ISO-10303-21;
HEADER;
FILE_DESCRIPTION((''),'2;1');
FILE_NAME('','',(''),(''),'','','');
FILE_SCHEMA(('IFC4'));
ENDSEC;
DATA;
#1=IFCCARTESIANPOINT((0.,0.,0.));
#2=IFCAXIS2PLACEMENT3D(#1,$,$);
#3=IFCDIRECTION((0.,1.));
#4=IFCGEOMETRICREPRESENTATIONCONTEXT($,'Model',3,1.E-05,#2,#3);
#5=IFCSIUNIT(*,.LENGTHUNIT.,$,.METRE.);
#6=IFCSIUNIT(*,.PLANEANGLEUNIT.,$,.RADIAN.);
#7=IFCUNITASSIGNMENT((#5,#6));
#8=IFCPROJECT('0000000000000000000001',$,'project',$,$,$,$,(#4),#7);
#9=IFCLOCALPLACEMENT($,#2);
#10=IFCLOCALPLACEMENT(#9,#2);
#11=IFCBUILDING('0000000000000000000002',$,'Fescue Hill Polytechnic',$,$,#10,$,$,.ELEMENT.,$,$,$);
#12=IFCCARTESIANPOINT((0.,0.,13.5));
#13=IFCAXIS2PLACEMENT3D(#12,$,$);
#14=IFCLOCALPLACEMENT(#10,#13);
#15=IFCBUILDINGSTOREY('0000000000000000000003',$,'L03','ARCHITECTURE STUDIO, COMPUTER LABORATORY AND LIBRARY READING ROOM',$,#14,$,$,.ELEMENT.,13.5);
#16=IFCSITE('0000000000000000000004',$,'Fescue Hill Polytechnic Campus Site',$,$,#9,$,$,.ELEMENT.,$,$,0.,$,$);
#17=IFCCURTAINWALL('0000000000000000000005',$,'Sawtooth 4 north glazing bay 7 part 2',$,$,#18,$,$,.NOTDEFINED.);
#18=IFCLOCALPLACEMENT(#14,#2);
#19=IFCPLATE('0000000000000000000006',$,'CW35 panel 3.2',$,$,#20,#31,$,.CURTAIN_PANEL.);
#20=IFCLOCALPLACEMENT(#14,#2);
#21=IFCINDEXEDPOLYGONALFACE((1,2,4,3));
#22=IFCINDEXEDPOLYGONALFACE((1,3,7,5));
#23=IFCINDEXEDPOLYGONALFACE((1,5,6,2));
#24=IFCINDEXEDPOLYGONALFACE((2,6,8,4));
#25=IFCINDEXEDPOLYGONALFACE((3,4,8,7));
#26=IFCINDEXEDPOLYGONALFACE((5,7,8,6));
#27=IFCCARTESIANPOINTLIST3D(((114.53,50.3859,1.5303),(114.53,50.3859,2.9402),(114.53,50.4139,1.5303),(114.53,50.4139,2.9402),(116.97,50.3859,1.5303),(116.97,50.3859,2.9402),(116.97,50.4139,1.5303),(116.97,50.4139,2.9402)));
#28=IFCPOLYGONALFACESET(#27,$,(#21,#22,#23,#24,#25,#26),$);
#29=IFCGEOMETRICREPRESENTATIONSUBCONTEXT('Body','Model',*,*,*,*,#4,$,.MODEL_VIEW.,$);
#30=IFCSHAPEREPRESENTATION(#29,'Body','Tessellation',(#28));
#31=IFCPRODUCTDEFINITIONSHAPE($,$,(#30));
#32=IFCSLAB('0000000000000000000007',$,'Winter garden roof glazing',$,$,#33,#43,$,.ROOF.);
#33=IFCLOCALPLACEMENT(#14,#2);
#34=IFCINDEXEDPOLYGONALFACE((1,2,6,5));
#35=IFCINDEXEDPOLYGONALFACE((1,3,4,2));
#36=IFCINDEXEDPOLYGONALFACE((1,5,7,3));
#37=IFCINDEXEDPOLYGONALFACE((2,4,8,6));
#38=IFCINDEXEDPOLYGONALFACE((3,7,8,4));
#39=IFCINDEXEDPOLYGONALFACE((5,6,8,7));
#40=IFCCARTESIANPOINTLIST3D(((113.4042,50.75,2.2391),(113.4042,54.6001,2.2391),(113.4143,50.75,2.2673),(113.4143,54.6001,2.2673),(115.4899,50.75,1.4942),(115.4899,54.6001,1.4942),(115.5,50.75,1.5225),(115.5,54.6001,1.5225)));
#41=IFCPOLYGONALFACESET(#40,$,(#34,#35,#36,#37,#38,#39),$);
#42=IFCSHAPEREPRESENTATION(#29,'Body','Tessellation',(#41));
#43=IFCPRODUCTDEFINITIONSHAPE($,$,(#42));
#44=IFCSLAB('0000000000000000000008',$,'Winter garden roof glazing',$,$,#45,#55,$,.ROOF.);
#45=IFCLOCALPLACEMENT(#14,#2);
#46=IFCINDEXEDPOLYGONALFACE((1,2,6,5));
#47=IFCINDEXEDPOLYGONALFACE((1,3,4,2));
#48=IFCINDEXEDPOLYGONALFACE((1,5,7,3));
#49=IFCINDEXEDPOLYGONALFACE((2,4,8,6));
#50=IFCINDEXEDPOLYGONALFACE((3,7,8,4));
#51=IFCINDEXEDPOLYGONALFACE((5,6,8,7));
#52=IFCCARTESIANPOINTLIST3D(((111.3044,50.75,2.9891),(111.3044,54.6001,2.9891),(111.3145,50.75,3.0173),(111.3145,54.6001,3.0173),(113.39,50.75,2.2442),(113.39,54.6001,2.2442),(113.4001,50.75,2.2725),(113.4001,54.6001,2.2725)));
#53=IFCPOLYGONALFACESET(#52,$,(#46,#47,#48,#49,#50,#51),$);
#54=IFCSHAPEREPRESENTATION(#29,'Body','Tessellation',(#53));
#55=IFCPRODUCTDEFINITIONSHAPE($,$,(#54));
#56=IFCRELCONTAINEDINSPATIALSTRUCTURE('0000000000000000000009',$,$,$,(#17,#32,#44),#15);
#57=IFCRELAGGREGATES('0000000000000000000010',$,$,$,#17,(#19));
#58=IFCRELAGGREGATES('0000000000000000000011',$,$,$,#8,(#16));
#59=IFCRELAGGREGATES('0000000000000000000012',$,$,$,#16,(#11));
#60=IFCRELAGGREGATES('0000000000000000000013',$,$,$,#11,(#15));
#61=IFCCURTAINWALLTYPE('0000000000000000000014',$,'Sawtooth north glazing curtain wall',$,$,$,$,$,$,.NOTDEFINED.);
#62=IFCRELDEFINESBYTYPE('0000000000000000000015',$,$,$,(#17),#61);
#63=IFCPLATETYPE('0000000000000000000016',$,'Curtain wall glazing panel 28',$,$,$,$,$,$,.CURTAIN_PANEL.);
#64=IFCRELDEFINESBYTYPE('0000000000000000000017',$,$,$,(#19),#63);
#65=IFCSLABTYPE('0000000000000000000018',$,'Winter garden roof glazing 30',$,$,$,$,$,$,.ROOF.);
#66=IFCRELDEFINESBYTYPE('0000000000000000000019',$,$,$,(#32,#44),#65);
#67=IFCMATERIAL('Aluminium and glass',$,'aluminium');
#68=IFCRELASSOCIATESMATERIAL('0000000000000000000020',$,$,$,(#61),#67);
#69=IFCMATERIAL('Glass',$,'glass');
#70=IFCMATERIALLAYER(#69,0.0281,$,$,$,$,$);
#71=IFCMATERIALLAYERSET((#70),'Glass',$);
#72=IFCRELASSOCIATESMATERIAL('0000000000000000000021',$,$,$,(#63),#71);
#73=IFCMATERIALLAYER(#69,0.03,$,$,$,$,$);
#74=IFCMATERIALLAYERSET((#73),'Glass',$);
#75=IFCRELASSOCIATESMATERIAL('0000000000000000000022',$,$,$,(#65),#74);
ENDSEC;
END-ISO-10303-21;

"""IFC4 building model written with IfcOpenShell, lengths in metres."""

from ifc_helpers import new_model, si_unit, direction, frame, origin, origin_2d, place, context, subcontext, project, spatial, polyline, rectangle, outline, extrude, material, layer, layer_set, type_object, element, aggregate, save


model = new_model("IFC4")

# Units and contexts
model_context = context("Model", 3, precision=1e-05, world=origin(), true_north=direction((0.0, 1.0)))
body_context = subcontext(model_context, "Body", "Model", "MODEL_VIEW")
ifc_project = project(units=[si_unit("LENGTHUNIT", "METRE"), si_unit("PLANEANGLEUNIT", "RADIAN")], contexts=[model_context])

# Site, building, storey
site_placement = place(None, origin())
site = spatial("IfcSite", under=ifc_project, at=site_placement, Name="Fescue Hill Polytechnic Campus Site", CompositionType="ELEMENT", RefElevation=0.0)
building_placement = place(site_placement, origin())
building = spatial("IfcBuilding", under=site, at=building_placement, Name="Fescue Hill Polytechnic", CompositionType="ELEMENT")
storey_placement = place(building_placement, frame((0.0, 0.0, 13.5)))
storey = spatial("IfcBuildingStorey", under=building, at=storey_placement, Name="L03", Description="ARCHITECTURE STUDIO, COMPUTER LABORATORY AND LIBRARY READING ROOM", CompositionType="ELEMENT", Elevation=13.5)

# Shared definitions
ifc_material_1 = material(Name="Aluminium and glass", Category="aluminium")
curtain_wall_type = type_object("IfcCurtainWallType", Name="Sawtooth north glazing curtain wall", PredefinedType="NOTDEFINED", material=ifc_material_1)

# Curtain wall
curtain_wall_1_placement = place(storey_placement, origin())
curtain_wall_1 = element("IfcCurtainWall", 1, at=curtain_wall_1_placement, inside=storey, type_object=curtain_wall_type, Name="Sawtooth 4 north glazing bay 7 part 2", PredefinedType="NOTDEFINED")

# Plate
ifc_material_2 = material(Name="Glass", Category="glass")
ifc_layer_1 = layer(ifc_material_2, 0.0281)
ifc_layer_set_1 = layer_set([ifc_layer_1], Name="Glass")
plate_type = type_object("IfcPlateType", Name="Curtain wall glazing panel 28", PredefinedType="CURTAIN_PANEL", material=ifc_layer_set_1)
plate_1_placement = place(storey_placement, frame((115.75, 50.3999, 1.5303), z_axis=(0.0, 0.0, 1.0), x_axis=(1.0, 0.0, 0.0)))
plate_1 = element("IfcPlate", 2, at=plate_1_placement, type_object=plate_type, Name="CW35 panel 3.2", PredefinedType="CURTAIN_PANEL", context=body_context, shape_type="SweptSolid", body=[
    extrude(rectangle(XDim=2.4399, YDim=0.0281, at=origin_2d()), origin(), (0.0, 0.0, 1.0), 1.4099),
])
aggregate(curtain_wall_1, [plate_1])

# Slabs
ifc_layer_2 = layer(ifc_material_2, 0.03)
ifc_layer_set_2 = layer_set([ifc_layer_2], Name="Glass")
slab_type = type_object("IfcSlabType", Name="Winter garden roof glazing 30", PredefinedType="ROOF", material=ifc_layer_set_2)
for number, where, z_axis, x_axis, name in (
    (3, (115.5, 50.75, 1.5225), (0.336329, 0.0, 0.941744), (0.0, 1.0, 0.0), "Winter garden roof glazing"),
    (4, (113.4001, 50.75, 2.2725), (0.336329, 0.0, 0.941744), (0.0, 1.0, 0.0), "Winter garden roof glazing"),
):
    element("IfcSlab", number, at=place(storey_placement, frame(where, z_axis=z_axis, x_axis=x_axis)), inside=storey, type_object=slab_type, Name=name, PredefinedType="ROOF", context=body_context, shape_type="SweptSolid", body=[
        extrude(outline(polyline([(0.0, 0.0), (3.8501, 0.0), (3.8501, 2.2147), (0.0, 2.2147), (0.0, 0.0)])), origin(), (0.0, 0.0, -1.0), 0.03),
    ])

save(model, "model.ifc")
